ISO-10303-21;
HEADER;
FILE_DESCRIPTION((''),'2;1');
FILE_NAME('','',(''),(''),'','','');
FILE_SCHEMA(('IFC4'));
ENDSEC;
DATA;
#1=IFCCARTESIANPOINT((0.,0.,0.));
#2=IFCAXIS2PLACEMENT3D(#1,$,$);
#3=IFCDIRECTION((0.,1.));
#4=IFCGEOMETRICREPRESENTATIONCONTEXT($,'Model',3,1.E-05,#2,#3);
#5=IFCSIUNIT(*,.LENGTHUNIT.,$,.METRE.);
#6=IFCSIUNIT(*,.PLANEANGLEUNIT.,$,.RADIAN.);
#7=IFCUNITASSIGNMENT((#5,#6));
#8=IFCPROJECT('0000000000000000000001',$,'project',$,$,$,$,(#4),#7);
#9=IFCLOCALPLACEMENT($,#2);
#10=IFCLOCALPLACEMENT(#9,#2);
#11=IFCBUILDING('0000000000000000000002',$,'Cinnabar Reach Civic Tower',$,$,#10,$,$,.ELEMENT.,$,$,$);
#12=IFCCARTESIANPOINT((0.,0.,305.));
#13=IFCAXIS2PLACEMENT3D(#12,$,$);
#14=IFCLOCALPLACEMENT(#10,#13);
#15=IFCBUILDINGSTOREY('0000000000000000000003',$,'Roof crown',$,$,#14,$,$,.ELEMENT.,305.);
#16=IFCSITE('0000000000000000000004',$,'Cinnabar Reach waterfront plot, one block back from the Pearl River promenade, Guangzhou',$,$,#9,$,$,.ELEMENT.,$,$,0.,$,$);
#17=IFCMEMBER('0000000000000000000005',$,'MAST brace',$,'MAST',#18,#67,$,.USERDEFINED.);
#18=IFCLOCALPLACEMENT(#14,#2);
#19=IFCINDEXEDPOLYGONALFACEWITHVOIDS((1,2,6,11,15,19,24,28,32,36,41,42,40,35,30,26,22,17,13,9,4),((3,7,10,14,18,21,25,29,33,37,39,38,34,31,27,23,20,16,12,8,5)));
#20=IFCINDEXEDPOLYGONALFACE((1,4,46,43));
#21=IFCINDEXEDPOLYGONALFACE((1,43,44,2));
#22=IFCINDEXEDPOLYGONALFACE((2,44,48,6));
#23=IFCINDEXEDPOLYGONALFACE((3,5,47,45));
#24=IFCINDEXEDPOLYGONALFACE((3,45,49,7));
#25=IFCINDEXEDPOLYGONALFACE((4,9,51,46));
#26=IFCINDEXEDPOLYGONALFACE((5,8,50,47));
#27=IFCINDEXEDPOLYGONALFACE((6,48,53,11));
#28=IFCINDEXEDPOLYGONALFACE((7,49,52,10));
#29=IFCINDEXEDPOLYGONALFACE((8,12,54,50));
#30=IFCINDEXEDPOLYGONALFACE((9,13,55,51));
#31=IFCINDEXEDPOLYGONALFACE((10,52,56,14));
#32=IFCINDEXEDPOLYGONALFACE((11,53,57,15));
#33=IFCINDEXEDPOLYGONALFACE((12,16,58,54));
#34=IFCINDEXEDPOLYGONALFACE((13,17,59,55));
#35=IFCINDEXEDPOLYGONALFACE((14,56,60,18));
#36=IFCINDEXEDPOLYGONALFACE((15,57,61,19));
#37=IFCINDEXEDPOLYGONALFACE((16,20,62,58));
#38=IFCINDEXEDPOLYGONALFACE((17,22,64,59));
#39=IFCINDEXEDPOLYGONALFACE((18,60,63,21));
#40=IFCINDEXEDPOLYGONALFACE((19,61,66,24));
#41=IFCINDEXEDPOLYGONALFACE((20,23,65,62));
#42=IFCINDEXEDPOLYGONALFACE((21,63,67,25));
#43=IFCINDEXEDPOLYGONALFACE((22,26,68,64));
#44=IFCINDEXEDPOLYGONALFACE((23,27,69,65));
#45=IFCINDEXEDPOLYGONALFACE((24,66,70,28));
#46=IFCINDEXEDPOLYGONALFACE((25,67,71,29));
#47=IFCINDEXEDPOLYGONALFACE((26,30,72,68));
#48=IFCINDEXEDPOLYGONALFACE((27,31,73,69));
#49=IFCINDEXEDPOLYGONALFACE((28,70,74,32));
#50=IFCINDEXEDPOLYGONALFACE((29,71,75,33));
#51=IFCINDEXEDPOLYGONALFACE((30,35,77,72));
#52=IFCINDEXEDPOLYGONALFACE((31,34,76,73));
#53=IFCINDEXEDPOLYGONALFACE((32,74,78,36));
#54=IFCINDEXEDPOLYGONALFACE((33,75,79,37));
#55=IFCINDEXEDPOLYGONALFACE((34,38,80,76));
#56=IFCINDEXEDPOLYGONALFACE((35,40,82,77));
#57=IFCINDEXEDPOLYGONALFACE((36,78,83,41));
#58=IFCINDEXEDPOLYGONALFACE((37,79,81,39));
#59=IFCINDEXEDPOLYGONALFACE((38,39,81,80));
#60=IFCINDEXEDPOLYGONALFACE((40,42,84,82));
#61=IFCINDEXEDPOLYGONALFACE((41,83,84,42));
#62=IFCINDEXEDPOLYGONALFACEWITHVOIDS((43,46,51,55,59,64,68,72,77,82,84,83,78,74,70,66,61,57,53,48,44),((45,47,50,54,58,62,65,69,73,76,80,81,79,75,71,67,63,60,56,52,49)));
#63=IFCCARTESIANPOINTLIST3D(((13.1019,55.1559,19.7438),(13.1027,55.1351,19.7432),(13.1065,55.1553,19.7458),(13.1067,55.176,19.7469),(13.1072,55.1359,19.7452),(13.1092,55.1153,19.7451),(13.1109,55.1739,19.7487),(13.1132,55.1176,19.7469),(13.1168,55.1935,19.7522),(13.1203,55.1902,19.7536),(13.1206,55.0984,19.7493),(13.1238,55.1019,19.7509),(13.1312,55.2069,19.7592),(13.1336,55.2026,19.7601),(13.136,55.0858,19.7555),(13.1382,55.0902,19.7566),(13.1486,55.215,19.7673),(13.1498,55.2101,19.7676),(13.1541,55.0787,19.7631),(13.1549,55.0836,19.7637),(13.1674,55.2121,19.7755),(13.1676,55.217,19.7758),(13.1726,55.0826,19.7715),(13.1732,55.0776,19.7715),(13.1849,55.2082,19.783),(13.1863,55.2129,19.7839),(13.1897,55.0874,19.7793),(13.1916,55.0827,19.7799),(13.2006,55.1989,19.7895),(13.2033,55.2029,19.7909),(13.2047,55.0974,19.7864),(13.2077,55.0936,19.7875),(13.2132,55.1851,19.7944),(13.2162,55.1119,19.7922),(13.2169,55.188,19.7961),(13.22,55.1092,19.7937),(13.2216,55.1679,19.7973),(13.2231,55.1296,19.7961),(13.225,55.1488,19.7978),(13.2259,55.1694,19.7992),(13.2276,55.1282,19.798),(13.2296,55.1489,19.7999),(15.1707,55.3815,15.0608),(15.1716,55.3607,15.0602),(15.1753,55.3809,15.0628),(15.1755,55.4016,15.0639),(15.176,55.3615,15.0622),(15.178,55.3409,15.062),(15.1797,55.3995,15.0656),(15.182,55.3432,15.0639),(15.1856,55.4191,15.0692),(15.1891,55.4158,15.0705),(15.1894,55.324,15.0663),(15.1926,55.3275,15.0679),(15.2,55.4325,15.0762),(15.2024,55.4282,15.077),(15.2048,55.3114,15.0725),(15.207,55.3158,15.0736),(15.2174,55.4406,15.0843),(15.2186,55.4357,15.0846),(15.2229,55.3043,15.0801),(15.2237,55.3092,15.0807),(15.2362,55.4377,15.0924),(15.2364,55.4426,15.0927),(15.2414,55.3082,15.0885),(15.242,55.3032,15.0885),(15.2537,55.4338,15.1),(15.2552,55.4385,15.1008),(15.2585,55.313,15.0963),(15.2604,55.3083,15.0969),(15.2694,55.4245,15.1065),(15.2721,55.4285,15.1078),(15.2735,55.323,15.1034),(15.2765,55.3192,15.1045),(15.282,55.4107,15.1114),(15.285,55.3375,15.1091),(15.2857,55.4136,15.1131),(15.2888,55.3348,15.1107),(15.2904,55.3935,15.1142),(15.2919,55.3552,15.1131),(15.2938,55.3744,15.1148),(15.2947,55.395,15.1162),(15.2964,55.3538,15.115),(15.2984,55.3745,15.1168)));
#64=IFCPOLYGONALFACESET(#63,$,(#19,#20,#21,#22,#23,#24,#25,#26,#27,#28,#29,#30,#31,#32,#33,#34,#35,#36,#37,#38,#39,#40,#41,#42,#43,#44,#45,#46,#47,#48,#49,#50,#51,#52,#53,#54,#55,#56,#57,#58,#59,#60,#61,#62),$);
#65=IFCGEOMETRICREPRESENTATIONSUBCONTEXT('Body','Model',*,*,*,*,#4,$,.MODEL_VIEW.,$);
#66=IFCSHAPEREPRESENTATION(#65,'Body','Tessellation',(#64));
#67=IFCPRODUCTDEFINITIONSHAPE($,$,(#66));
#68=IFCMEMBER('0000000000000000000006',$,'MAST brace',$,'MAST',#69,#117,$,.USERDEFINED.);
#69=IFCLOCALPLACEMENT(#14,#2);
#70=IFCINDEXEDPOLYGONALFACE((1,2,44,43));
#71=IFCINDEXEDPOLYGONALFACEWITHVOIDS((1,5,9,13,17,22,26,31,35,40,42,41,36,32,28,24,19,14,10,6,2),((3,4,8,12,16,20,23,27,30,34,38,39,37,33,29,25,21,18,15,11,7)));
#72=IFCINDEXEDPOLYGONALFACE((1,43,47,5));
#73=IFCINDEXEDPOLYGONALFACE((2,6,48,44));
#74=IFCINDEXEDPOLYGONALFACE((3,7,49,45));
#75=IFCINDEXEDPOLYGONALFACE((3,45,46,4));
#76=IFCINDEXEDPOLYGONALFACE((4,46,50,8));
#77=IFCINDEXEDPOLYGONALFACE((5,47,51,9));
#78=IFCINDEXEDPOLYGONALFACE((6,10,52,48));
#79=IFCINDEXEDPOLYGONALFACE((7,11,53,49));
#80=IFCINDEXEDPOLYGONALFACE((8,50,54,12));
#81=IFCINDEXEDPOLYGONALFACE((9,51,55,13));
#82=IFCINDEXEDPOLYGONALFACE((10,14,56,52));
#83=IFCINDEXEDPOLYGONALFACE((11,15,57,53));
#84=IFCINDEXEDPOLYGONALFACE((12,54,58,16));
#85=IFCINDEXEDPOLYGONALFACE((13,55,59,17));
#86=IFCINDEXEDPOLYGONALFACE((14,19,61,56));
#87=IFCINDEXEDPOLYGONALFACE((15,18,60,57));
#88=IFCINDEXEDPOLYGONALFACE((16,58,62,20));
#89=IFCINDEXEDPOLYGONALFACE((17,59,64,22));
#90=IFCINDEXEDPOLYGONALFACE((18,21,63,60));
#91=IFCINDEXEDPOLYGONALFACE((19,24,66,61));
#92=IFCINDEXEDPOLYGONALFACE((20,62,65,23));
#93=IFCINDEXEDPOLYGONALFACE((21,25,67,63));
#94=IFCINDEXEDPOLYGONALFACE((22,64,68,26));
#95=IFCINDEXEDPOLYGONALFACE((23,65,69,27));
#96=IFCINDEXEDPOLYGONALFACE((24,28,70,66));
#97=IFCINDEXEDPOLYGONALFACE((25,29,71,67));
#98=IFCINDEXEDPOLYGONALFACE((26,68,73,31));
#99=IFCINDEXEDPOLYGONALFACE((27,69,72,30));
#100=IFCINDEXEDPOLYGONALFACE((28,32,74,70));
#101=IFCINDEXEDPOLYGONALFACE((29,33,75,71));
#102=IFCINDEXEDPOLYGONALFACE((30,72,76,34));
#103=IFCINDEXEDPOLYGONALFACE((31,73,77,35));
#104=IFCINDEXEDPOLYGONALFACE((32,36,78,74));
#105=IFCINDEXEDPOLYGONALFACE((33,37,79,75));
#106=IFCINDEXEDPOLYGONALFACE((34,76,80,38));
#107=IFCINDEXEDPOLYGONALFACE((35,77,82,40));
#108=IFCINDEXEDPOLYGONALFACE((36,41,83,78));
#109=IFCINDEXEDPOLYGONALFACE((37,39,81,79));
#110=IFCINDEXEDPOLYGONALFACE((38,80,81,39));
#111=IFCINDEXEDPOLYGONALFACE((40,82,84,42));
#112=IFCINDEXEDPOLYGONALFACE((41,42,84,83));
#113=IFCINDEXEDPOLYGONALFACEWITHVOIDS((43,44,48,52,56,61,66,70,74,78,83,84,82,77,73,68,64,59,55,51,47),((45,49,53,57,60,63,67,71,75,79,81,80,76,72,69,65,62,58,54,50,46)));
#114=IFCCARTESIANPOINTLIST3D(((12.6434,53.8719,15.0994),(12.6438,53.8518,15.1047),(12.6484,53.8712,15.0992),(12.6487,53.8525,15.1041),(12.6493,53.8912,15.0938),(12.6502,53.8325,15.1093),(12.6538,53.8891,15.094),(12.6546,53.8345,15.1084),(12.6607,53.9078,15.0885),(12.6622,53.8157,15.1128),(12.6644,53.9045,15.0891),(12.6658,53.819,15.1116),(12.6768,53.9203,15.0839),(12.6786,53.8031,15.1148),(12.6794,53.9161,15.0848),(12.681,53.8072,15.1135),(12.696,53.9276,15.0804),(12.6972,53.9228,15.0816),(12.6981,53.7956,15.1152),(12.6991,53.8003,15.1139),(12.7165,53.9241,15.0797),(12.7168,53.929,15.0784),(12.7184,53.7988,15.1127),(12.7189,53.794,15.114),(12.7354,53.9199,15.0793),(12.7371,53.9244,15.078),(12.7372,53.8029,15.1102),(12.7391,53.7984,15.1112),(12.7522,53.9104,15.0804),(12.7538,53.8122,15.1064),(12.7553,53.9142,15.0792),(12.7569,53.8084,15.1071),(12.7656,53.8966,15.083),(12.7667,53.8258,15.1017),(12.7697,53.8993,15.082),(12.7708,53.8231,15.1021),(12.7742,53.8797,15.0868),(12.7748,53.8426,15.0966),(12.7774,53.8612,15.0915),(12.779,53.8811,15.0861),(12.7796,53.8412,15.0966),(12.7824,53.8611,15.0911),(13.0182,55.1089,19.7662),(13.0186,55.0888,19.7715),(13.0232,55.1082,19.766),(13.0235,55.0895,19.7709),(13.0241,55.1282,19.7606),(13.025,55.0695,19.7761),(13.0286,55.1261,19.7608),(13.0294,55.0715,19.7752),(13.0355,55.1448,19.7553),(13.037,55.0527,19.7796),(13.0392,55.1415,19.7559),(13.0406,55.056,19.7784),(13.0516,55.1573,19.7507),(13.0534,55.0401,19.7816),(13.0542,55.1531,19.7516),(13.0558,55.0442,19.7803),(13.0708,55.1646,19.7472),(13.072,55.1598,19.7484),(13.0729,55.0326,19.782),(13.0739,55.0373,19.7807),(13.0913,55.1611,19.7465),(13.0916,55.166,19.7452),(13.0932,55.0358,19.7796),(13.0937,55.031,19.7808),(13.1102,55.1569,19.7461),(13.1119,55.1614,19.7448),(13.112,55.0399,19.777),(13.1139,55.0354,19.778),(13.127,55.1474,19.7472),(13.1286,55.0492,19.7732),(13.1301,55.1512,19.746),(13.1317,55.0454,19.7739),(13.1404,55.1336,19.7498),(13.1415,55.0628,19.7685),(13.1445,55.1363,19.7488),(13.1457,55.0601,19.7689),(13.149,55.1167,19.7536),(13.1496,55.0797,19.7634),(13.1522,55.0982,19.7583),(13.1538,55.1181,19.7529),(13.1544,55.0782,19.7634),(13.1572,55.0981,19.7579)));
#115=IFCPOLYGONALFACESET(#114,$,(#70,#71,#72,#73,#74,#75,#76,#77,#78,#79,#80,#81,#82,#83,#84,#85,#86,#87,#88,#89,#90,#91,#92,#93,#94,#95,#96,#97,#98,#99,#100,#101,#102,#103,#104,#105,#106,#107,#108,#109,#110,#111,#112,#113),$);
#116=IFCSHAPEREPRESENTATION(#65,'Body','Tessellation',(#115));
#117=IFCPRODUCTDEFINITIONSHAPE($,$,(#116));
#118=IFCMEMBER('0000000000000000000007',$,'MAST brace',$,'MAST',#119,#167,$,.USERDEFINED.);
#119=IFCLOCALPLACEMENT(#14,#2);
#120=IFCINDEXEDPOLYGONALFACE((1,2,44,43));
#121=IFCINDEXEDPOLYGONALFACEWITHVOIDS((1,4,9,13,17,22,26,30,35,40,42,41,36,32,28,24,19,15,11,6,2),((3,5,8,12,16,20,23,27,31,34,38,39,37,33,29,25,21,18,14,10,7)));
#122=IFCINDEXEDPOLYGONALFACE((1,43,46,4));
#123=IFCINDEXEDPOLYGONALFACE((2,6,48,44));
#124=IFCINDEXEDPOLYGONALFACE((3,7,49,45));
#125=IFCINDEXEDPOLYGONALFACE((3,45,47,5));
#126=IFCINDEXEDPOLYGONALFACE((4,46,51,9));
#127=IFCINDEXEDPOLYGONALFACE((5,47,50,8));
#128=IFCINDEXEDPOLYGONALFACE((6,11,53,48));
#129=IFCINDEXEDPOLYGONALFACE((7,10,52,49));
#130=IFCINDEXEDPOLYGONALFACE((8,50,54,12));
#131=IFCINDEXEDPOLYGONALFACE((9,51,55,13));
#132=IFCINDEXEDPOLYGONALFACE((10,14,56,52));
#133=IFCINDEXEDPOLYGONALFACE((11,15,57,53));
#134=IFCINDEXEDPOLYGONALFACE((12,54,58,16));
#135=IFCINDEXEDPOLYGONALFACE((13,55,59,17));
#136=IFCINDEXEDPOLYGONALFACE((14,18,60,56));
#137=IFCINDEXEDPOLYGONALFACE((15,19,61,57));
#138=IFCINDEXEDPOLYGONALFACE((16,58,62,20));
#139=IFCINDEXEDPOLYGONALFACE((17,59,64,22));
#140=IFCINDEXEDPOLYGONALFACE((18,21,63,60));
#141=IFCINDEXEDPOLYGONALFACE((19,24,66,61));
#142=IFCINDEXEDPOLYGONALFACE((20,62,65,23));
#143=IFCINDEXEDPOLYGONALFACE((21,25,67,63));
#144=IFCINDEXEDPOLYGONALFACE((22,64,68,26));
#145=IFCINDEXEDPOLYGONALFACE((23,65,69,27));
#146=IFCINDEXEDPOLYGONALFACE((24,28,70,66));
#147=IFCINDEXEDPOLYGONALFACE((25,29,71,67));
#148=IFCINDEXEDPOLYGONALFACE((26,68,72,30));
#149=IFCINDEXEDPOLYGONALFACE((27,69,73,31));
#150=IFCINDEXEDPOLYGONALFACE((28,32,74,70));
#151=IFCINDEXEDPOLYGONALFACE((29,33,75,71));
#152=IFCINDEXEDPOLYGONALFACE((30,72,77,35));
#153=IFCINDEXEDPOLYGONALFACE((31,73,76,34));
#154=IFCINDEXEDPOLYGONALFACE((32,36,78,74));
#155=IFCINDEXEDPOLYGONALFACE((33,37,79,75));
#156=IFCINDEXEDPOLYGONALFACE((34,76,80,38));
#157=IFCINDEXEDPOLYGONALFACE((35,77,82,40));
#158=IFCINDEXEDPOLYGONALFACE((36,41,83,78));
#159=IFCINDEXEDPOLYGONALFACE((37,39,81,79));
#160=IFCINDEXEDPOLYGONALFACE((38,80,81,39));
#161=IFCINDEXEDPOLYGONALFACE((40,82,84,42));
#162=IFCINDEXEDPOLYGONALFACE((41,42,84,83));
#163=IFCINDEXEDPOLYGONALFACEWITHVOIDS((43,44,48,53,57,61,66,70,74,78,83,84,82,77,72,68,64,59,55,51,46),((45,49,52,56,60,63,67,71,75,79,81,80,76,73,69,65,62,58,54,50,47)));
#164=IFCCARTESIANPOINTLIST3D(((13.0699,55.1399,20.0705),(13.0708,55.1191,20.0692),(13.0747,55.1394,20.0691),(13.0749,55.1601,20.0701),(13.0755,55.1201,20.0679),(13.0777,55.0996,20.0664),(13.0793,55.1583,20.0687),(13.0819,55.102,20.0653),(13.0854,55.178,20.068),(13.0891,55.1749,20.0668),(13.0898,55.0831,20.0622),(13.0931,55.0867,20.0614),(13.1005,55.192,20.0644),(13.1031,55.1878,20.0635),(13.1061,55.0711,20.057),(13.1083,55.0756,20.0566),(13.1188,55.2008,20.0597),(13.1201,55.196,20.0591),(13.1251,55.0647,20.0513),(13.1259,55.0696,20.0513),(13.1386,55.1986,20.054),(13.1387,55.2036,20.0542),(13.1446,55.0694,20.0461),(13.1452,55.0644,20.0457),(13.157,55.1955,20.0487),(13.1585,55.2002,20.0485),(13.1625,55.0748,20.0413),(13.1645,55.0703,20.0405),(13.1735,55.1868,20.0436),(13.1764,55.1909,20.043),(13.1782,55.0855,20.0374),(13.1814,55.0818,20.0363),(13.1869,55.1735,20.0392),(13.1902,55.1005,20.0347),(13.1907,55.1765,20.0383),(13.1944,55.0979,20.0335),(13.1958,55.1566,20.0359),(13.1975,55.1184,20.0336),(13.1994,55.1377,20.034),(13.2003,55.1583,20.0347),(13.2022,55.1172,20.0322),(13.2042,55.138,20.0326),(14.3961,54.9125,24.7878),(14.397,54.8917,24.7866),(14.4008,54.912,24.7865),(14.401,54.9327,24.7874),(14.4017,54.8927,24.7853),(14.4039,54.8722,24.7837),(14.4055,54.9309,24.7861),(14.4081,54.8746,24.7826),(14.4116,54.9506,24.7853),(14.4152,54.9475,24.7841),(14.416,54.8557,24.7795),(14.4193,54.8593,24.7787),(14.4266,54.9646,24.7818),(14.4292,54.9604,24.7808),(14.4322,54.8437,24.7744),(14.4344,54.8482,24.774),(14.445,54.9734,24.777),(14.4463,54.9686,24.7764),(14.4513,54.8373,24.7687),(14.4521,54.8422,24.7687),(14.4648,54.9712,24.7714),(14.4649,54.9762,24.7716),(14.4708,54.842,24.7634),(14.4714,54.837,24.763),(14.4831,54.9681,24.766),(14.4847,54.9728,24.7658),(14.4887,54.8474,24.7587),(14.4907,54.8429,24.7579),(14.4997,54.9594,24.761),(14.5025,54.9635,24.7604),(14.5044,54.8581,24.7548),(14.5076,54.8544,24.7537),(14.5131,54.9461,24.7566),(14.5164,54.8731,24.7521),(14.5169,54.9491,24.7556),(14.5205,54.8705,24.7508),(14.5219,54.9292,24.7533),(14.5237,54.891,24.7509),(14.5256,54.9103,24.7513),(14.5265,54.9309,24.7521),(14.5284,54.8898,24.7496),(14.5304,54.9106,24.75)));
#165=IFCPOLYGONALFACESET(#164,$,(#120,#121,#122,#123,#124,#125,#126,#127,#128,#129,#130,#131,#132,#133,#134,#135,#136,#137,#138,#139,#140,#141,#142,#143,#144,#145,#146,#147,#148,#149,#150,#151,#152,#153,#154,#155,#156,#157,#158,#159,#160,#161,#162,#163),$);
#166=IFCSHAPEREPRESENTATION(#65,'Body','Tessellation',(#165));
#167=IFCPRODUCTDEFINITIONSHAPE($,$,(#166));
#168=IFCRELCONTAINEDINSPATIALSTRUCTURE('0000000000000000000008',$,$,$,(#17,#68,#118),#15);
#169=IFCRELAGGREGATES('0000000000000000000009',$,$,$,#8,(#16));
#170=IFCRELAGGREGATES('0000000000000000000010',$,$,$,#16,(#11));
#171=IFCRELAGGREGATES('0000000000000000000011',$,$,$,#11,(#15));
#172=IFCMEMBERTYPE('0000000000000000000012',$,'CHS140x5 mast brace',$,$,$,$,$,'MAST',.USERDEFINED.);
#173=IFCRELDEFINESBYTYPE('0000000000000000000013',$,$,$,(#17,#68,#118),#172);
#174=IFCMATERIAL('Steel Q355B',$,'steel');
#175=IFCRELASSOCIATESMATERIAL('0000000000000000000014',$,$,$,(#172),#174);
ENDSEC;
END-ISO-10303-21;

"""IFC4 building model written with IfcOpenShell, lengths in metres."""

from ifc_helpers import new_model, si_unit, direction, frame, origin, origin_2d, place, context, subcontext, project, spatial, hollow_circle, extrude, material, material_profile, profile_set, type_object, element, save


model = new_model("IFC4")

# Units and contexts
model_context = context("Model", 3, precision=1e-05, world=origin(), true_north=direction((0.0, 1.0)))
body_context = subcontext(model_context, "Body", "Model", "MODEL_VIEW")
ifc_project = project(units=[si_unit("LENGTHUNIT", "METRE"), si_unit("PLANEANGLEUNIT", "RADIAN")], contexts=[model_context])

# Site, building, storey
site_placement = place(None, origin())
site = spatial("IfcSite", under=ifc_project, at=site_placement, Name="Cinnabar Reach waterfront plot, one block back from the Pearl River promenade, Guangzhou", CompositionType="ELEMENT", RefElevation=0.0)
building_placement = place(site_placement, origin())
building = spatial("IfcBuilding", under=site, at=building_placement, Name="Cinnabar Reach Civic Tower", CompositionType="ELEMENT")
storey_placement = place(building_placement, frame((0.0, 0.0, 305.0)))
storey = spatial("IfcBuildingStorey", under=building, at=storey_placement, Name="Roof crown", CompositionType="ELEMENT", Elevation=305.0)

# Members
ifc_material = material(Name="Steel Q355B", Category="steel")
ifc_material_profile_1 = material_profile(ifc_material, hollow_circle(Radius=0.07, WallThickness=0.005, at=origin_2d()), Name="CHS140x5")
ifc_profile_set_1 = profile_set([ifc_material_profile_1], Name="Steel Q355B")
member_type_1 = type_object("IfcMemberType", Name="CHS140x5 mast brace", ElementType="MAST", PredefinedType="USERDEFINED", material=ifc_profile_set_1)
member_1_placement = place(storey_placement, frame((15.2344, 55.3728, 15.0885), z_axis=(-0.403701, -0.044023, 0.913831), x_axis=(0.108406, -0.994107, 0.0)))
element("IfcMember", 1, at=member_1_placement, inside=storey, type_object=member_type_1, Name="MAST brace", ObjectType="MAST", PredefinedType="USERDEFINED", context=body_context, shape_type="SweptSolid", body=[
    extrude(hollow_circle(Radius=0.07, WallThickness=0.005, at=origin_2d()), origin(), (0.0, 0.0, 1.0), 5.1246),
])
member_2_placement = place(storey_placement, frame((13.0874, 55.0985, 19.7634), z_axis=(-0.077398, -0.255447, -0.96372), x_axis=(0.957035, -0.289973, 0.0)))
element("IfcMember", 2, at=member_2_placement, inside=storey, type_object=member_type_1, Name="MAST brace", ObjectType="MAST", PredefinedType="USERDEFINED", context=body_context, shape_type="SweptSolid", body=[
    extrude(hollow_circle(Radius=0.07, WallThickness=0.005, at=origin_2d()), origin(), (0.0, 0.0, 1.0), 4.8425),
])
member_3_placement = place(storey_placement, frame((14.4631, 54.9063, 24.7687), z_axis=(-0.270347, 0.046356, -0.961646), x_axis=(-0.169001, -0.985616, 0.0)))
element("IfcMember", 3, at=member_3_placement, inside=storey, type_object=member_type_1, Name="MAST brace", ObjectType="MAST", PredefinedType="USERDEFINED", context=body_context, shape_type="SweptSolid", body=[
    extrude(hollow_circle(Radius=0.07, WallThickness=0.005, at=origin_2d()), origin(), (0.0, 0.0, 1.0), 4.9055),
])

save(model, "model.ifc")
